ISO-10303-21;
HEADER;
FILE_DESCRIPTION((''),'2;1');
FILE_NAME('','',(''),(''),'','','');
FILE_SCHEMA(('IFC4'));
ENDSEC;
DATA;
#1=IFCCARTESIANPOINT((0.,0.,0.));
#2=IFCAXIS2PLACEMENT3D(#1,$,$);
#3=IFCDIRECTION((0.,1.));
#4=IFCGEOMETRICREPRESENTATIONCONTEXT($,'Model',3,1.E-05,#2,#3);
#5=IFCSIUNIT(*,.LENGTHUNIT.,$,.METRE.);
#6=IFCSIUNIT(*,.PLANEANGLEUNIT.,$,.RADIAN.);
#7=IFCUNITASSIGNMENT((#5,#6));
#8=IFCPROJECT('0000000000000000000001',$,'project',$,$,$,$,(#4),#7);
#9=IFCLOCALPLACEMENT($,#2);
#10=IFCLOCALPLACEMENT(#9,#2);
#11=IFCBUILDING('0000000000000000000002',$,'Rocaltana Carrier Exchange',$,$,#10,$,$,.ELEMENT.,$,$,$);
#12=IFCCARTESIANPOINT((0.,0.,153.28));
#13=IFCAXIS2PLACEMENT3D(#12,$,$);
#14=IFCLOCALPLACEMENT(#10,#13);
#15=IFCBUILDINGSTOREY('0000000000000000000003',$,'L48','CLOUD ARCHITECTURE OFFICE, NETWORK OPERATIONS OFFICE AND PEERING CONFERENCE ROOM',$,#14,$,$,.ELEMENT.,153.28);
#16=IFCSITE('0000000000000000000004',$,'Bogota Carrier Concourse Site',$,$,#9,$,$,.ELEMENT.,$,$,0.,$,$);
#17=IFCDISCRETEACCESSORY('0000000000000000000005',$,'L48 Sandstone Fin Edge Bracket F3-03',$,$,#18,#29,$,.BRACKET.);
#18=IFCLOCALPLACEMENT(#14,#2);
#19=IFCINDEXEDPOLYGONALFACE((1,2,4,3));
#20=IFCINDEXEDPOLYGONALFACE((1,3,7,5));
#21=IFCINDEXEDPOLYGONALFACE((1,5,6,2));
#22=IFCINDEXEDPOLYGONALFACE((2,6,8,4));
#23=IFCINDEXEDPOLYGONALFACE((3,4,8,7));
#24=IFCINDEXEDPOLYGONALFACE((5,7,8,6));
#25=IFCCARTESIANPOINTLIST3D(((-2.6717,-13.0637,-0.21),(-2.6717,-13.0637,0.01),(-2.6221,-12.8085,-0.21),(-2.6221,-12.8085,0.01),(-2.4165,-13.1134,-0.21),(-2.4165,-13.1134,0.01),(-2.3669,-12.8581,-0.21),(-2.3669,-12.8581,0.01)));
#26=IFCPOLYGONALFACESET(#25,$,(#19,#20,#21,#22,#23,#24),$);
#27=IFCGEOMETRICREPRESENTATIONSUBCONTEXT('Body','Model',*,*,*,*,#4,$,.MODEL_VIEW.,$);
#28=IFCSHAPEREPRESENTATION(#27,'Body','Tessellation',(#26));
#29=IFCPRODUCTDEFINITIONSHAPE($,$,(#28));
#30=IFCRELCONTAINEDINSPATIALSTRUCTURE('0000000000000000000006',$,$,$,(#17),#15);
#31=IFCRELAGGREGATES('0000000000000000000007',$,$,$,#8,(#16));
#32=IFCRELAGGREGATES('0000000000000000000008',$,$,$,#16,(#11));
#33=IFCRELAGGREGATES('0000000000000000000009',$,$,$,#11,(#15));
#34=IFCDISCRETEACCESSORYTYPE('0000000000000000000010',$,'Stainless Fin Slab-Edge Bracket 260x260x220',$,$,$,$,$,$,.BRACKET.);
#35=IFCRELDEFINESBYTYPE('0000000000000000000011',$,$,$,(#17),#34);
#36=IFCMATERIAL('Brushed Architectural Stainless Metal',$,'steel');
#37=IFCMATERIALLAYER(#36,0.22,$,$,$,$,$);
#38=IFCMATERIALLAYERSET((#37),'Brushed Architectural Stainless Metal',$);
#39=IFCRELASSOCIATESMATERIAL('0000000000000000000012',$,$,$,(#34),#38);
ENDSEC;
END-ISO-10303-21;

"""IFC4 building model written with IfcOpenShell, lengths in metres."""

from ifc_helpers import new_model, si_unit, direction, frame, origin, origin_2d, place, context, subcontext, project, spatial, rectangle, extrude, material, layer, layer_set, type_object, element, save


model = new_model("IFC4")

# Units and contexts
model_context = context("Model", 3, precision=1e-05, world=origin(), true_north=direction((0.0, 1.0)))
body_context = subcontext(model_context, "Body", "Model", "MODEL_VIEW")
ifc_project = project(units=[si_unit("LENGTHUNIT", "METRE"), si_unit("PLANEANGLEUNIT", "RADIAN")], contexts=[model_context])

# Site, building, storey
site_placement = place(None, origin())
site = spatial("IfcSite", under=ifc_project, at=site_placement, Name="Bogota Carrier Concourse Site", CompositionType="ELEMENT", RefElevation=0.0)
building_placement = place(site_placement, origin())
building = spatial("IfcBuilding", under=site, at=building_placement, Name="Rocaltana Carrier Exchange", CompositionType="ELEMENT")
storey_placement = place(building_placement, frame((0.0, 0.0, 153.28)))
storey = spatial("IfcBuildingStorey", under=building, at=storey_placement, Name="L48", Description="CLOUD ARCHITECTURE OFFICE, NETWORK OPERATIONS OFFICE AND PEERING CONFERENCE ROOM", CompositionType="ELEMENT", Elevation=153.28)

# Discrete accessory
ifc_material_1 = material(Name="Brushed Architectural Stainless Metal", Category="steel")
ifc_layer_1 = layer(ifc_material_1, 0.22)
ifc_layer_set_1 = layer_set([ifc_layer_1], Name="Brushed Architectural Stainless Metal")
discrete_accessory_type = type_object("IfcDiscreteAccessoryType", Name="Stainless Fin Slab-Edge Bracket 260x260x220", PredefinedType="BRACKET", material=ifc_layer_set_1)
discrete_accessory_placement = place(storey_placement, frame((-2.5193, -12.9609, -0.21), z_axis=(0.0, 0.0, 1.0), x_axis=(0.981627, -0.190809, 0.0)))
element("IfcDiscreteAccessory", 1, at=discrete_accessory_placement, inside=storey, type_object=discrete_accessory_type, Name="L48 Sandstone Fin Edge Bracket F3-03", PredefinedType="BRACKET", context=body_context, shape_type="SweptSolid", body=[
    extrude(rectangle(XDim=0.26, YDim=0.26, at=origin_2d()), origin(), (0.0, 0.0, 1.0), 0.22),
])

save(model, "model.ifc")
